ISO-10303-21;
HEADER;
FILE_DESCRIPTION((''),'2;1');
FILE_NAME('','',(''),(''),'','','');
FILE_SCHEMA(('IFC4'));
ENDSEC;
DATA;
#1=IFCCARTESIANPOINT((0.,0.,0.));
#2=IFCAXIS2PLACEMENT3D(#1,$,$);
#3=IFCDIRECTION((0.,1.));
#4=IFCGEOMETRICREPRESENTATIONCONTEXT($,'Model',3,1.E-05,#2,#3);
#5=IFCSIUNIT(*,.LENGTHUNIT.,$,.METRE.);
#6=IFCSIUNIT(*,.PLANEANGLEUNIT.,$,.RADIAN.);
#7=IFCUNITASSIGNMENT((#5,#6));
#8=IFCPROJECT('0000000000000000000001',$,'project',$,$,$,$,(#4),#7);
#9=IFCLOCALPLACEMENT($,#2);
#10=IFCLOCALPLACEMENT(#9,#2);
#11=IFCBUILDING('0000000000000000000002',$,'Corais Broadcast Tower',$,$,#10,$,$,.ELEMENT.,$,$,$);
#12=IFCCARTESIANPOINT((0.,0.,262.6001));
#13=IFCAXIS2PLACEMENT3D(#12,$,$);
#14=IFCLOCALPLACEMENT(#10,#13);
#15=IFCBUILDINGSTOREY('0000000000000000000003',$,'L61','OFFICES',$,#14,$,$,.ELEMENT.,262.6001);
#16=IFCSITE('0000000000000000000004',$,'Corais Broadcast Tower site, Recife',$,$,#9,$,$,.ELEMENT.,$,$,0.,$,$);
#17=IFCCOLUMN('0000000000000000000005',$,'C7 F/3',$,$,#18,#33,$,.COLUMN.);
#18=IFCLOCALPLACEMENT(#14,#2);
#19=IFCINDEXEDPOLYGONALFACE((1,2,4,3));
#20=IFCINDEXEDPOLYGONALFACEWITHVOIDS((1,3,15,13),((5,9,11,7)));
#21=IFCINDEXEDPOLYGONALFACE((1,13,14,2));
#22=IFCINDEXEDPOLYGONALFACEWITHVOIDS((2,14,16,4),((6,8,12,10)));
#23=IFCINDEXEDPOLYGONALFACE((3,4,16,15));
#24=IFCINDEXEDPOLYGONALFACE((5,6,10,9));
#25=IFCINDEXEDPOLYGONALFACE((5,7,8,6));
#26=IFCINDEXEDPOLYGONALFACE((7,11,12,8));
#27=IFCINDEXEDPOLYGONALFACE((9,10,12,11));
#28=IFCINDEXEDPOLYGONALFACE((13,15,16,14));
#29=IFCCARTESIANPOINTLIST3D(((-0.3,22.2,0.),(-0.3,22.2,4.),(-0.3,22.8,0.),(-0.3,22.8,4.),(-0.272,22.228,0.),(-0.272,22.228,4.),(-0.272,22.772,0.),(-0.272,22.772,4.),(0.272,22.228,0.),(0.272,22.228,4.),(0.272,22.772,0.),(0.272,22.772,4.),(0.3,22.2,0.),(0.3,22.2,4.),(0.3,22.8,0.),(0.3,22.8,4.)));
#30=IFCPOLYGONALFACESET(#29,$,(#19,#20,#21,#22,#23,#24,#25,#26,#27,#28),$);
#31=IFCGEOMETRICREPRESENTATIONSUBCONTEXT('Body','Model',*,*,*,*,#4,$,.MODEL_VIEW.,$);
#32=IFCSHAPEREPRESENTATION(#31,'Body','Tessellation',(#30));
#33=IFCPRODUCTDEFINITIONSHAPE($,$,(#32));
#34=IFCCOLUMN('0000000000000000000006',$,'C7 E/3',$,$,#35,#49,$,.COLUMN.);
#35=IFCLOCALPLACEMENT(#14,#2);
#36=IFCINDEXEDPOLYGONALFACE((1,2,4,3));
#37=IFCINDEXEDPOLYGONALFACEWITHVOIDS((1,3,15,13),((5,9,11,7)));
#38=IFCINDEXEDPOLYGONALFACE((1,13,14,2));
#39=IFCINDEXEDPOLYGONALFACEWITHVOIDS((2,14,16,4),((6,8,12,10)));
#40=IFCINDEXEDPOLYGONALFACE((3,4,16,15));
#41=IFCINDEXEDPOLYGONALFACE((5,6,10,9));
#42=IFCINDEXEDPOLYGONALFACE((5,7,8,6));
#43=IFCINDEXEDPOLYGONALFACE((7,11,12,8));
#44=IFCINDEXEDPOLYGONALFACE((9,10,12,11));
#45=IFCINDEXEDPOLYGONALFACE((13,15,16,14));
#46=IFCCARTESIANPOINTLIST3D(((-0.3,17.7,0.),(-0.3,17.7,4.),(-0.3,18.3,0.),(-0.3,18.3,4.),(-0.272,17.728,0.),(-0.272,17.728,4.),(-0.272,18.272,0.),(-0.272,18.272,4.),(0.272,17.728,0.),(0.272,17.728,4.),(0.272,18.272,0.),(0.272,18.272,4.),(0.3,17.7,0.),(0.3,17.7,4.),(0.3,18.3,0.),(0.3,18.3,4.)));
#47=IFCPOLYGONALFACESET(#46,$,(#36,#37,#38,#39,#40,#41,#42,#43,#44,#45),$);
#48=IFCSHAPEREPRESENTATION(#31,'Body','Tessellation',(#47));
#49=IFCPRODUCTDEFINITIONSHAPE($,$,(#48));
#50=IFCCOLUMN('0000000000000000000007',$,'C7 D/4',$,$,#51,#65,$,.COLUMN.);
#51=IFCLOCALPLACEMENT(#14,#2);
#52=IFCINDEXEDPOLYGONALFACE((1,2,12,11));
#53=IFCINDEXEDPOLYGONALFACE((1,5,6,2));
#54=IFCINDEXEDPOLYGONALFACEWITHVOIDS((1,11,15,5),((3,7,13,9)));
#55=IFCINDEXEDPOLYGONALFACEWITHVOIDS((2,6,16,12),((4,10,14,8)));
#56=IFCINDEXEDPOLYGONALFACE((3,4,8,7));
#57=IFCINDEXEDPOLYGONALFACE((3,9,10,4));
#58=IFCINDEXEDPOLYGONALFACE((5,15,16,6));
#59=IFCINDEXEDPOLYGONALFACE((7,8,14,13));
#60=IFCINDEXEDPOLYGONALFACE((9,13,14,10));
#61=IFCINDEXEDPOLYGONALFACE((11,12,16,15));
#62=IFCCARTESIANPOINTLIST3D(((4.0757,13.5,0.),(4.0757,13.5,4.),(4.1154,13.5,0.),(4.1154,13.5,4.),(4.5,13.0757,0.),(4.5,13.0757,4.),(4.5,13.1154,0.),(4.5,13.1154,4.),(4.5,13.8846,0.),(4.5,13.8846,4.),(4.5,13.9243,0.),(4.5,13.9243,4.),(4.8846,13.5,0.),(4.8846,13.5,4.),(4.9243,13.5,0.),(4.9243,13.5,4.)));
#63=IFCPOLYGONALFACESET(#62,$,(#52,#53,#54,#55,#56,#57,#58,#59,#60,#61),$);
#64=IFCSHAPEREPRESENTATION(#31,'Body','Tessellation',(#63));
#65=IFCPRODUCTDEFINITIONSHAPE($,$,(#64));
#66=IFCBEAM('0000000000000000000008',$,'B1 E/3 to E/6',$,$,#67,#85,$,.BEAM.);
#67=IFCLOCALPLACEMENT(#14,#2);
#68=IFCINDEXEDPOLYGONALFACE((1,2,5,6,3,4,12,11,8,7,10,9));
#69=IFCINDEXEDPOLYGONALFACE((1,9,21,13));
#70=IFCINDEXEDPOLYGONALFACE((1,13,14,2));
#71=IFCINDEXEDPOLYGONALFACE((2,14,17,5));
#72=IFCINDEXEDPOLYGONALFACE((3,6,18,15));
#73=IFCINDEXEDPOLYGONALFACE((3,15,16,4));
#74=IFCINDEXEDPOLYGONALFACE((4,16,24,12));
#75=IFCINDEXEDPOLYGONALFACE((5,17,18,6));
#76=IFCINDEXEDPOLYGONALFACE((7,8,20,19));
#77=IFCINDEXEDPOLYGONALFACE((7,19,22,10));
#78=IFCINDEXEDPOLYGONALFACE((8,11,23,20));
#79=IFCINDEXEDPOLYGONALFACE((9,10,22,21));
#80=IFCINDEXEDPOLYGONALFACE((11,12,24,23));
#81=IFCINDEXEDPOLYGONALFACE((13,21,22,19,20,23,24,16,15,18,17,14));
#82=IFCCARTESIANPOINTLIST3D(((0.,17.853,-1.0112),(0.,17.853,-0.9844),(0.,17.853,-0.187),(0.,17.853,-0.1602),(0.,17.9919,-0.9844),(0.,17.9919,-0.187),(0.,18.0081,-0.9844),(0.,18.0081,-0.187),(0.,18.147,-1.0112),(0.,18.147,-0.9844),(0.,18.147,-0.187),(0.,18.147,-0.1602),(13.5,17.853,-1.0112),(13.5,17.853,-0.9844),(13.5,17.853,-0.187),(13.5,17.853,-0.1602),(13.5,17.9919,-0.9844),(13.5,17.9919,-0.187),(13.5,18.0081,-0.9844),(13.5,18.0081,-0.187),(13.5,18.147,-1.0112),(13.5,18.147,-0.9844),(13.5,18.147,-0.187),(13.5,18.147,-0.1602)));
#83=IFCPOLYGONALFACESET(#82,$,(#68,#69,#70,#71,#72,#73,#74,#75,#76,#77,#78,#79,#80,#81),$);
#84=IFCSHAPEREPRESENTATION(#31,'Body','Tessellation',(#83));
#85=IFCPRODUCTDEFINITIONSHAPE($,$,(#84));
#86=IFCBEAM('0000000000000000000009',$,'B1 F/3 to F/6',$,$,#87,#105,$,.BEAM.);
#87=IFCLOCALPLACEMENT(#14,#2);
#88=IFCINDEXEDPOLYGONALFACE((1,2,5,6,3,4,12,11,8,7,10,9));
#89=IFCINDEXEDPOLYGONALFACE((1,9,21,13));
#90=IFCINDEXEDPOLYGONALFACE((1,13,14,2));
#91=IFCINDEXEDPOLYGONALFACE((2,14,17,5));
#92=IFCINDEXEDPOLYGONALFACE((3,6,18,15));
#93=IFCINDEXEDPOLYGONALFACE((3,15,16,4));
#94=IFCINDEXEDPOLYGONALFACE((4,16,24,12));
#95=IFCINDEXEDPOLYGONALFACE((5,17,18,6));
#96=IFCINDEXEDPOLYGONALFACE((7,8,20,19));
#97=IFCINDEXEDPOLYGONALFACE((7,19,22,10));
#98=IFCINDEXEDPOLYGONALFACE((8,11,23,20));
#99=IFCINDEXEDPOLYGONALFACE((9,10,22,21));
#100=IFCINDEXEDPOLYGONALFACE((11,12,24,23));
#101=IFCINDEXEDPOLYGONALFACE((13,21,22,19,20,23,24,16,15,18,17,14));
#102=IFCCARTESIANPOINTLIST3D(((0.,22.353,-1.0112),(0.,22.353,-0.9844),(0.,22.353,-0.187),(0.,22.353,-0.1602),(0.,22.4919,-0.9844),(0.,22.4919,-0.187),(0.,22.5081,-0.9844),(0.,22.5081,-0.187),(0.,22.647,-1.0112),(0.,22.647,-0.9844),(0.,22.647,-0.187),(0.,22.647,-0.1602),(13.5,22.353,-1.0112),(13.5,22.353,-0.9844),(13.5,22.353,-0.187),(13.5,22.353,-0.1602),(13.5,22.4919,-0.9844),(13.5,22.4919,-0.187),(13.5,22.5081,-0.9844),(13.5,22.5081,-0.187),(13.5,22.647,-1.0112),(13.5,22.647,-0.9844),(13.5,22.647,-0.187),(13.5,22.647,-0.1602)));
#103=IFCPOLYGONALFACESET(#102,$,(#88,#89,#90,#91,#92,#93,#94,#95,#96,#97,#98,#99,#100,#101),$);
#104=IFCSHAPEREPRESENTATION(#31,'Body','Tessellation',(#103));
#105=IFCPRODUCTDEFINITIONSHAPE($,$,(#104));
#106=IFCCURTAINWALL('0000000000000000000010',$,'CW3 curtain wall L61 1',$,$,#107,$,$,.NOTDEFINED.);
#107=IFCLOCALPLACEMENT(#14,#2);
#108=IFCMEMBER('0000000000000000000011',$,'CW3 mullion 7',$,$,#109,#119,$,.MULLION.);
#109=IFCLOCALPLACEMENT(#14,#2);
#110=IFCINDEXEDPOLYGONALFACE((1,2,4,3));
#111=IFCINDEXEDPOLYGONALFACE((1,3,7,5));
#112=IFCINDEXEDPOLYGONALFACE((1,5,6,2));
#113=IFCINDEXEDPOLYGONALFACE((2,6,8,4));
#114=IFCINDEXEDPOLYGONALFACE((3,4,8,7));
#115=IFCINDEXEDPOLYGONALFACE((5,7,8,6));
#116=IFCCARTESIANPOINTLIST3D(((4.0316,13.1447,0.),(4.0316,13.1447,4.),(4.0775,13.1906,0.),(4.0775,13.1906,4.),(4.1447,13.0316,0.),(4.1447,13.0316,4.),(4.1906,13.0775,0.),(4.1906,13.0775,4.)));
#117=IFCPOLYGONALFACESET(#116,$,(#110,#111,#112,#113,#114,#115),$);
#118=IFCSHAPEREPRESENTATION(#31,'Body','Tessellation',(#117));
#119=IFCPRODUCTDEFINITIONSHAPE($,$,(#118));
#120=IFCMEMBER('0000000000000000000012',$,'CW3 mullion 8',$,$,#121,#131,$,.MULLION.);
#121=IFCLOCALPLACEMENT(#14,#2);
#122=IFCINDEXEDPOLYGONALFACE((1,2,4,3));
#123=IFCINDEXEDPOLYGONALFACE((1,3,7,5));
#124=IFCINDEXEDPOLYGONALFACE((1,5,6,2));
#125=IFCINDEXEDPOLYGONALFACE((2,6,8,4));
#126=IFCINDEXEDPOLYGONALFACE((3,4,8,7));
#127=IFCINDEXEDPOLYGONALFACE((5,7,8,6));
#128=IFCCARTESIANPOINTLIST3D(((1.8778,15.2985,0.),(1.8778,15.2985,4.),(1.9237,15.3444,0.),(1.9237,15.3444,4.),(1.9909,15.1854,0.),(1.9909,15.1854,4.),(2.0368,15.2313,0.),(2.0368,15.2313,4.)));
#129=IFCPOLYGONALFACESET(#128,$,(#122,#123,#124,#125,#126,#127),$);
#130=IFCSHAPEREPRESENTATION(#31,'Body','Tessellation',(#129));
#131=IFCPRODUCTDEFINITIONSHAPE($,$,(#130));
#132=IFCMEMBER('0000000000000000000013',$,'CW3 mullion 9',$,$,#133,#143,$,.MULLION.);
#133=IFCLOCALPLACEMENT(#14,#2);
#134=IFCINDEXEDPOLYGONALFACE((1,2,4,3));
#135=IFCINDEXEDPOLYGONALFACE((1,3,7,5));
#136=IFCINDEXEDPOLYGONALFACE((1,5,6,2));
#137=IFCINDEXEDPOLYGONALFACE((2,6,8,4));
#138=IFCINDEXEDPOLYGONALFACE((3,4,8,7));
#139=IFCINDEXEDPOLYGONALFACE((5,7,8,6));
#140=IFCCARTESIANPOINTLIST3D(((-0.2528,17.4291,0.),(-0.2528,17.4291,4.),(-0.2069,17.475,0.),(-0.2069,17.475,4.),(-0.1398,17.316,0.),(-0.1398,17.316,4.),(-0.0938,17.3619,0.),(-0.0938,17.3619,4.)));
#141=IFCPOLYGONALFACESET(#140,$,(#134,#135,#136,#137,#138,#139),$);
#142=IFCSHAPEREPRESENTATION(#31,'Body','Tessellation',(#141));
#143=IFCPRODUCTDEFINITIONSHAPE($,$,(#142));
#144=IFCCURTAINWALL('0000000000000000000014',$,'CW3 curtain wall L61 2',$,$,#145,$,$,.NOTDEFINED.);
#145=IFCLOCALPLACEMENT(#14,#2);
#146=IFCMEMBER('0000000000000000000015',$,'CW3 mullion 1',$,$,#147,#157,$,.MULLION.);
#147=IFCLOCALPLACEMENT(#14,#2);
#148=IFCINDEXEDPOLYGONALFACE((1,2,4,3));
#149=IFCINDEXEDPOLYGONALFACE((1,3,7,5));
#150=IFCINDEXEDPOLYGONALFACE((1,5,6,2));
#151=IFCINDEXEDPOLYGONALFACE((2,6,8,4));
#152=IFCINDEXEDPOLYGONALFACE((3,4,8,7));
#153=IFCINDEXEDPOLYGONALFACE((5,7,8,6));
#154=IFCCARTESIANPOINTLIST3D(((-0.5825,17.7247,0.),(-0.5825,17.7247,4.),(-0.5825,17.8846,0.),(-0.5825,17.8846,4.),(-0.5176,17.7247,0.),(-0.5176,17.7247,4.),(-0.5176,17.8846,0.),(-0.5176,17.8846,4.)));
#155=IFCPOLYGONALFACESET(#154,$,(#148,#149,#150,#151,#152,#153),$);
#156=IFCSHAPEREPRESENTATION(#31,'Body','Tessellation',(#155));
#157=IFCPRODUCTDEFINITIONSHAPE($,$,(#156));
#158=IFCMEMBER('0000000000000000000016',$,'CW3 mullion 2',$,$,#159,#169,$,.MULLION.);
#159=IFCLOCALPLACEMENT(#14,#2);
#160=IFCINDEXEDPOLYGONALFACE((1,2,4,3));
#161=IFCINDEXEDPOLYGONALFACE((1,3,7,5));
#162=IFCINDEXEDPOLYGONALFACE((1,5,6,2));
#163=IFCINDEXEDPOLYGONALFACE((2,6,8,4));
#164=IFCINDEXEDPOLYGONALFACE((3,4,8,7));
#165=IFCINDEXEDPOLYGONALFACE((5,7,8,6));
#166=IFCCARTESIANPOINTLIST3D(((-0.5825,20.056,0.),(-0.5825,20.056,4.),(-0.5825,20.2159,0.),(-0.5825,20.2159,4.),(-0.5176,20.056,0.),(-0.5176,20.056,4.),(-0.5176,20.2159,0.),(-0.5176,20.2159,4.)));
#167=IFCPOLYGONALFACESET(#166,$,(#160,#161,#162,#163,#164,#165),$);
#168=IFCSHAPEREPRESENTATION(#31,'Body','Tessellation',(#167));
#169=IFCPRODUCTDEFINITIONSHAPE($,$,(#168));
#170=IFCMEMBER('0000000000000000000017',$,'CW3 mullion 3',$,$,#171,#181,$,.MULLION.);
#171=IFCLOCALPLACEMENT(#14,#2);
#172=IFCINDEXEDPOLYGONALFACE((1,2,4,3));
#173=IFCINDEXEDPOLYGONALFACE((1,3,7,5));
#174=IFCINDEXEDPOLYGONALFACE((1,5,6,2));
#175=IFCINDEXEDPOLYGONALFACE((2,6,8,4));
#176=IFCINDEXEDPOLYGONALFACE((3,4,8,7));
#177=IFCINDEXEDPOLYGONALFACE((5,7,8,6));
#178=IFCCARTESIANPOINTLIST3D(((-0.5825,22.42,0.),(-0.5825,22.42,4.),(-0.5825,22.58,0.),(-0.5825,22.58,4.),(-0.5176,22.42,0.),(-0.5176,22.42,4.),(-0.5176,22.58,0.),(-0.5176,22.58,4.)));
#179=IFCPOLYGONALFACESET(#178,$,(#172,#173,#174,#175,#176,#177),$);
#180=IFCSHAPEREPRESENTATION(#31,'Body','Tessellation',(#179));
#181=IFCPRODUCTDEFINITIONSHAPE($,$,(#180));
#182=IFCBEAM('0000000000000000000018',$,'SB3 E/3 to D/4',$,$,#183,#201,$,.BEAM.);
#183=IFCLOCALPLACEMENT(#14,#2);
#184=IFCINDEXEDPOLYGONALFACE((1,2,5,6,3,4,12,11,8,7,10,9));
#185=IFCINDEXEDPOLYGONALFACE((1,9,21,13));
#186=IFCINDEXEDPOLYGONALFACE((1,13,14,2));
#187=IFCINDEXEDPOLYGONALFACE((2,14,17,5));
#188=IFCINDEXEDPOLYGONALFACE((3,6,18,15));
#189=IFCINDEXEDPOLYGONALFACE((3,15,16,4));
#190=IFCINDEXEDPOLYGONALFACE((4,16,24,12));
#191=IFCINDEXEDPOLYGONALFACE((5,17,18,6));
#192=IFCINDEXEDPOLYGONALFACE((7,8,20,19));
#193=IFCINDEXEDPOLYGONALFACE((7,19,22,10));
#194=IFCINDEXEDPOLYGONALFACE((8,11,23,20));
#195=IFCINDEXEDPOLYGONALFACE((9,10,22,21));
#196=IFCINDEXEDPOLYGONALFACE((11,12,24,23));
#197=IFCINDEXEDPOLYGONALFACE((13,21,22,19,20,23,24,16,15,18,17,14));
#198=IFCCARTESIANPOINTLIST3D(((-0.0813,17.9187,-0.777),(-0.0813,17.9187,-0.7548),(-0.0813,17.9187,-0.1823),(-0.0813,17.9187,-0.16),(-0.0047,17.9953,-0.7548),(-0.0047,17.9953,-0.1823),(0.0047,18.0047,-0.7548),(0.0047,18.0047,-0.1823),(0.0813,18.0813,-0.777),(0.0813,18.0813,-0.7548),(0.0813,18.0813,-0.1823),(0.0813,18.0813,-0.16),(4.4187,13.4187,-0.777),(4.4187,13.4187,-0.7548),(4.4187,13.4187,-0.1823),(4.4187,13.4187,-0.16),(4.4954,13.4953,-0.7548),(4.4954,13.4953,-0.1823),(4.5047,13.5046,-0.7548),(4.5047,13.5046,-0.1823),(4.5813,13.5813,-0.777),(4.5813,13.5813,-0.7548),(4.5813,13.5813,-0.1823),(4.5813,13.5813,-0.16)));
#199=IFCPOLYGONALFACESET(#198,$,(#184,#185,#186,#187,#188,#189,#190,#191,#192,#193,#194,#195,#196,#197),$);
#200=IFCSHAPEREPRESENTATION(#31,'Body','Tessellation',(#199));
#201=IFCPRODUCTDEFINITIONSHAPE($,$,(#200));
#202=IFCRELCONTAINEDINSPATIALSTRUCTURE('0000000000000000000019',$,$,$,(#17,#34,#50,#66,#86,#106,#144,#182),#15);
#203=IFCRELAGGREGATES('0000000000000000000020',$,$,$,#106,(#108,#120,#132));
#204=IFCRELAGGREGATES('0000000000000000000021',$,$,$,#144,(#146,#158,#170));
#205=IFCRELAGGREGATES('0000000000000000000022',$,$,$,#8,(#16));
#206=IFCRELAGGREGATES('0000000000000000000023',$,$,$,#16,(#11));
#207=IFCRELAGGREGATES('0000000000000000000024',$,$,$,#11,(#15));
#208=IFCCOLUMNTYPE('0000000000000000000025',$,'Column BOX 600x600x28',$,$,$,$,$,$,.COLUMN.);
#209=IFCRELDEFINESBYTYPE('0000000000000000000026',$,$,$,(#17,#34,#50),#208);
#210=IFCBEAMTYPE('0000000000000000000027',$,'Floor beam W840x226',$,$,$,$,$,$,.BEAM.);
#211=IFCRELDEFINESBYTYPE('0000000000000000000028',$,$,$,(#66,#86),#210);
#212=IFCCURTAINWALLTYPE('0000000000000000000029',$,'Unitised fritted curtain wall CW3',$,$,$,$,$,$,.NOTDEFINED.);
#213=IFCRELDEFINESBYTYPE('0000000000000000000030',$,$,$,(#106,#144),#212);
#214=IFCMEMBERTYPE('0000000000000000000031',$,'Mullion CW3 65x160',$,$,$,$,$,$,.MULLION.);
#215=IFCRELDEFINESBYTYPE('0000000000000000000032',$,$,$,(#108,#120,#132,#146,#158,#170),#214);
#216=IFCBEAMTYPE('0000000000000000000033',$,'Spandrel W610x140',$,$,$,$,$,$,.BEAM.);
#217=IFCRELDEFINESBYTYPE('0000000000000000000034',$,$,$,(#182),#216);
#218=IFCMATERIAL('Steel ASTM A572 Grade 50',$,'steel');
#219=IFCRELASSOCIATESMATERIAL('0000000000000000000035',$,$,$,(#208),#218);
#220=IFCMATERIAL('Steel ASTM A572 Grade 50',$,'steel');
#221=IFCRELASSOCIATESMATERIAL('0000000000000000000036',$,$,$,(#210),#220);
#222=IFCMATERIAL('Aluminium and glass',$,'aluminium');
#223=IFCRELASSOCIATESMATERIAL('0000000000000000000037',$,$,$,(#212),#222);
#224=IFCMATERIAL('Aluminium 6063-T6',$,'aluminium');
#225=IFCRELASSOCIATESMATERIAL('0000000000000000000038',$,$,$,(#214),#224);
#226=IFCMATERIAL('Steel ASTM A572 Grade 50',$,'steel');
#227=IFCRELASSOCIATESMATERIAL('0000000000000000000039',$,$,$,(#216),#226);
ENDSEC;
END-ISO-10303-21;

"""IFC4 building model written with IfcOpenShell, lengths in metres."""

from ifc_helpers import new_model, si_unit, direction, frame, origin, origin_2d, place, context, subcontext, project, spatial, rectangle, hollow_rectangle, i_section, extrude, material, material_profile, profile_set, type_object, element, aggregate, save


model = new_model("IFC4")

# Units and contexts
model_context = context("Model", 3, precision=1e-05, world=origin(), true_north=direction((0.0, 1.0)))
body_context = subcontext(model_context, "Body", "Model", "MODEL_VIEW")
ifc_project = project(units=[si_unit("LENGTHUNIT", "METRE"), si_unit("PLANEANGLEUNIT", "RADIAN")], contexts=[model_context])

# Site, building, storey
site_placement = place(None, origin())
site = spatial("IfcSite", under=ifc_project, at=site_placement, Name="Corais Broadcast Tower site, Recife", CompositionType="ELEMENT", RefElevation=0.0)
building_placement = place(site_placement, origin())
building = spatial("IfcBuilding", under=site, at=building_placement, Name="Corais Broadcast Tower", CompositionType="ELEMENT")
storey_placement = place(building_placement, frame((0.0, 0.0, 262.6001)))
storey = spatial("IfcBuildingStorey", under=building, at=storey_placement, Name="L61", Description="OFFICES", CompositionType="ELEMENT", Elevation=262.6001)

# Columns
ifc_material_1 = material(Name="Steel ASTM A572 Grade 50", Category="steel")
ifc_material_profile_1 = material_profile(ifc_material_1, hollow_rectangle(XDim=0.6001, YDim=0.6001, WallThickness=0.0281, at=origin_2d()), Name="BOX 600x600x28")
ifc_profile_set_1 = profile_set([ifc_material_profile_1], Name="Steel ASTM A572 Grade 50")
column_type = type_object("IfcColumnType", Name="Column BOX 600x600x28", PredefinedType="COLUMN", material=ifc_profile_set_1)
for number, where, z_axis, x_axis, name in (
    (1, (0.0, 22.5, 0.0), (0.0, 0.0, 1.0), (1.0, 0.0, 0.0), "C7 F/3"),
    (2, (0.0, 18.0, 0.0), (0.0, 0.0, 1.0), (1.0, 0.0, 0.0), "C7 E/3"),
    (3, (4.5, 13.5, 0.0), (0.0, 0.0, 1.0), (0.707107, 0.707107, 0.0), "C7 D/4"),
):
    element("IfcColumn", number, at=place(storey_placement, frame(where, z_axis=z_axis, x_axis=x_axis)), inside=storey, type_object=column_type, Name=name, PredefinedType="COLUMN", context=body_context, shape_type="SweptSolid", body=[
        extrude(hollow_rectangle(XDim=0.6001, YDim=0.6001, WallThickness=0.0281, at=origin_2d()), origin(), (0.0, 0.0, 1.0), 4.0),
    ])

# Beams
ifc_material_2 = material(Name="Steel ASTM A572 Grade 50", Category="steel")
ifc_material_profile_2 = material_profile(ifc_material_2, i_section(OverallWidth=0.2939, OverallDepth=0.8511, WebThickness=0.0161, FlangeThickness=0.0269, at=origin_2d()), Name="W840x226")
ifc_profile_set_2 = profile_set([ifc_material_profile_2], Name="Steel ASTM A572 Grade 50")
beam_type_1 = type_object("IfcBeamType", Name="Floor beam W840x226", PredefinedType="BEAM", material=ifc_profile_set_2)
for number, where, z_axis, x_axis, name in (
    (4, (0.0, 18.0, -0.5857), (1.0, 0.0, 0.0), (0.0, 1.0, 0.0), "B1 E/3 to E/6"),
    (5, (0.0, 22.5, -0.5857), (1.0, 0.0, 0.0), (0.0, 1.0, 0.0), "B1 F/3 to F/6"),
):
    element("IfcBeam", number, at=place(storey_placement, frame(where, z_axis=z_axis, x_axis=x_axis)), inside=storey, type_object=beam_type_1, Name=name, PredefinedType="BEAM", context=body_context, shape_type="SweptSolid", body=[
        extrude(i_section(OverallWidth=0.2939, OverallDepth=0.8511, WebThickness=0.0161, FlangeThickness=0.0269, at=origin_2d()), origin(), (0.0, 0.0, 1.0), 13.5),
    ])

# Curtain walls, members
ifc_material_3 = material(Name="Aluminium and glass", Category="aluminium")
curtain_wall_type = type_object("IfcCurtainWallType", Name="Unitised fritted curtain wall CW3", PredefinedType="NOTDEFINED", material=ifc_material_3)
curtain_wall_1_placement = place(storey_placement, origin())
curtain_wall_1 = element("IfcCurtainWall", 6, at=curtain_wall_1_placement, inside=storey, type_object=curtain_wall_type, Name="CW3 curtain wall L61 1", PredefinedType="NOTDEFINED")
ifc_material_4 = material(Name="Aluminium 6063-T6", Category="aluminium")
ifc_material_profile_3 = material_profile(ifc_material_4, rectangle(XDim=0.0649, YDim=0.1599, at=origin_2d()), Name="Mullion CW3 65x160")
ifc_profile_set_3 = profile_set([ifc_material_profile_3], Name="Aluminium 6063-T6")
member_type_1 = type_object("IfcMemberType", Name="Mullion CW3 65x160", PredefinedType="MULLION", material=ifc_profile_set_3)
member_1_placement = place(storey_placement, frame((4.1111, 13.1111, 0.0), z_axis=(0.0, 0.0, 1.0), x_axis=(-0.707107, -0.707107, 0.0)))
member_1 = element("IfcMember", 7, at=member_1_placement, type_object=member_type_1, Name="CW3 mullion 7", PredefinedType="MULLION", context=body_context, shape_type="SweptSolid", body=[
    extrude(rectangle(XDim=0.0649, YDim=0.1599, at=origin_2d()), origin(), (0.0, 0.0, 1.0), 4.0),
])
member_2_placement = place(storey_placement, frame((1.9573, 15.2649, 0.0), z_axis=(0.0, 0.0, 1.0), x_axis=(-0.707107, -0.707107, 0.0)))
member_2 = element("IfcMember", 8, at=member_2_placement, type_object=member_type_1, Name="CW3 mullion 8", PredefinedType="MULLION", context=body_context, shape_type="SweptSolid", body=[
    extrude(rectangle(XDim=0.0649, YDim=0.1599, at=origin_2d()), origin(), (0.0, 0.0, 1.0), 4.0),
])
member_3_placement = place(storey_placement, frame((-0.1733, 17.3955, 0.0), z_axis=(0.0, 0.0, 1.0), x_axis=(-0.707107, -0.707107, 0.0)))
member_3 = element("IfcMember", 9, at=member_3_placement, type_object=member_type_1, Name="CW3 mullion 9", PredefinedType="MULLION", context=body_context, shape_type="SweptSolid", body=[
    extrude(rectangle(XDim=0.0649, YDim=0.1599, at=origin_2d()), origin(), (0.0, 0.0, 1.0), 4.0),
])
curtain_wall_2_placement = place(storey_placement, origin())
curtain_wall_2 = element("IfcCurtainWall", 10, at=curtain_wall_2_placement, inside=storey, type_object=curtain_wall_type, Name="CW3 curtain wall L61 2", PredefinedType="NOTDEFINED")
member_4_placement = place(storey_placement, frame((-0.55, 17.8047, 0.0), z_axis=(0.0, 0.0, 1.0), x_axis=(-1.0, 0.0, 0.0)))
member_4 = element("IfcMember", 11, at=member_4_placement, type_object=member_type_1, Name="CW3 mullion 1", PredefinedType="MULLION", context=body_context, shape_type="SweptSolid", body=[
    extrude(rectangle(XDim=0.0649, YDim=0.1599, at=origin_2d()), origin(), (0.0, 0.0, 1.0), 4.0),
])
member_5_placement = place(storey_placement, frame((-0.55, 20.136, 0.0), z_axis=(0.0, 0.0, 1.0), x_axis=(-1.0, 0.0, 0.0)))
member_5 = element("IfcMember", 12, at=member_5_placement, type_object=member_type_1, Name="CW3 mullion 2", PredefinedType="MULLION", context=body_context, shape_type="SweptSolid", body=[
    extrude(rectangle(XDim=0.0649, YDim=0.1599, at=origin_2d()), origin(), (0.0, 0.0, 1.0), 4.0),
])
member_6_placement = place(storey_placement, frame((-0.55, 22.5, 0.0), z_axis=(0.0, 0.0, 1.0), x_axis=(-1.0, 0.0, 0.0)))
member_6 = element("IfcMember", 13, at=member_6_placement, type_object=member_type_1, Name="CW3 mullion 3", PredefinedType="MULLION", context=body_context, shape_type="SweptSolid", body=[
    extrude(rectangle(XDim=0.0649, YDim=0.1599, at=origin_2d()), origin(), (0.0, 0.0, 1.0), 4.0),
])

# Beam
ifc_material_5 = material(Name="Steel ASTM A572 Grade 50", Category="steel")
ifc_material_profile_4 = material_profile(ifc_material_5, i_section(OverallWidth=0.23, OverallDepth=0.6169, WebThickness=0.0132, FlangeThickness=0.0222, at=origin_2d()), Name="W610x140")
ifc_profile_set_4 = profile_set([ifc_material_profile_4], Name="Steel ASTM A572 Grade 50")
beam_type_2 = type_object("IfcBeamType", Name="Spandrel W610x140", PredefinedType="BEAM", material=ifc_profile_set_4)
beam_1_placement = place(storey_placement, frame((0.0, 18.0, -0.4685), z_axis=(0.707107, -0.707107, 0.0), x_axis=(0.707107, 0.707107, 0.0)))
element("IfcBeam", 14, at=beam_1_placement, inside=storey, type_object=beam_type_2, Name="SB3 E/3 to D/4", PredefinedType="BEAM", context=body_context, shape_type="SweptSolid", body=[
    extrude(i_section(OverallWidth=0.23, OverallDepth=0.6169, WebThickness=0.0132, FlangeThickness=0.0222, at=origin_2d()), origin(), (0.0, 0.0, 1.0), 6.364),
])

aggregate(curtain_wall_1, [member_1, member_2, member_3])
aggregate(curtain_wall_2, [member_4, member_5, member_6])

save(model, "model.ifc")
